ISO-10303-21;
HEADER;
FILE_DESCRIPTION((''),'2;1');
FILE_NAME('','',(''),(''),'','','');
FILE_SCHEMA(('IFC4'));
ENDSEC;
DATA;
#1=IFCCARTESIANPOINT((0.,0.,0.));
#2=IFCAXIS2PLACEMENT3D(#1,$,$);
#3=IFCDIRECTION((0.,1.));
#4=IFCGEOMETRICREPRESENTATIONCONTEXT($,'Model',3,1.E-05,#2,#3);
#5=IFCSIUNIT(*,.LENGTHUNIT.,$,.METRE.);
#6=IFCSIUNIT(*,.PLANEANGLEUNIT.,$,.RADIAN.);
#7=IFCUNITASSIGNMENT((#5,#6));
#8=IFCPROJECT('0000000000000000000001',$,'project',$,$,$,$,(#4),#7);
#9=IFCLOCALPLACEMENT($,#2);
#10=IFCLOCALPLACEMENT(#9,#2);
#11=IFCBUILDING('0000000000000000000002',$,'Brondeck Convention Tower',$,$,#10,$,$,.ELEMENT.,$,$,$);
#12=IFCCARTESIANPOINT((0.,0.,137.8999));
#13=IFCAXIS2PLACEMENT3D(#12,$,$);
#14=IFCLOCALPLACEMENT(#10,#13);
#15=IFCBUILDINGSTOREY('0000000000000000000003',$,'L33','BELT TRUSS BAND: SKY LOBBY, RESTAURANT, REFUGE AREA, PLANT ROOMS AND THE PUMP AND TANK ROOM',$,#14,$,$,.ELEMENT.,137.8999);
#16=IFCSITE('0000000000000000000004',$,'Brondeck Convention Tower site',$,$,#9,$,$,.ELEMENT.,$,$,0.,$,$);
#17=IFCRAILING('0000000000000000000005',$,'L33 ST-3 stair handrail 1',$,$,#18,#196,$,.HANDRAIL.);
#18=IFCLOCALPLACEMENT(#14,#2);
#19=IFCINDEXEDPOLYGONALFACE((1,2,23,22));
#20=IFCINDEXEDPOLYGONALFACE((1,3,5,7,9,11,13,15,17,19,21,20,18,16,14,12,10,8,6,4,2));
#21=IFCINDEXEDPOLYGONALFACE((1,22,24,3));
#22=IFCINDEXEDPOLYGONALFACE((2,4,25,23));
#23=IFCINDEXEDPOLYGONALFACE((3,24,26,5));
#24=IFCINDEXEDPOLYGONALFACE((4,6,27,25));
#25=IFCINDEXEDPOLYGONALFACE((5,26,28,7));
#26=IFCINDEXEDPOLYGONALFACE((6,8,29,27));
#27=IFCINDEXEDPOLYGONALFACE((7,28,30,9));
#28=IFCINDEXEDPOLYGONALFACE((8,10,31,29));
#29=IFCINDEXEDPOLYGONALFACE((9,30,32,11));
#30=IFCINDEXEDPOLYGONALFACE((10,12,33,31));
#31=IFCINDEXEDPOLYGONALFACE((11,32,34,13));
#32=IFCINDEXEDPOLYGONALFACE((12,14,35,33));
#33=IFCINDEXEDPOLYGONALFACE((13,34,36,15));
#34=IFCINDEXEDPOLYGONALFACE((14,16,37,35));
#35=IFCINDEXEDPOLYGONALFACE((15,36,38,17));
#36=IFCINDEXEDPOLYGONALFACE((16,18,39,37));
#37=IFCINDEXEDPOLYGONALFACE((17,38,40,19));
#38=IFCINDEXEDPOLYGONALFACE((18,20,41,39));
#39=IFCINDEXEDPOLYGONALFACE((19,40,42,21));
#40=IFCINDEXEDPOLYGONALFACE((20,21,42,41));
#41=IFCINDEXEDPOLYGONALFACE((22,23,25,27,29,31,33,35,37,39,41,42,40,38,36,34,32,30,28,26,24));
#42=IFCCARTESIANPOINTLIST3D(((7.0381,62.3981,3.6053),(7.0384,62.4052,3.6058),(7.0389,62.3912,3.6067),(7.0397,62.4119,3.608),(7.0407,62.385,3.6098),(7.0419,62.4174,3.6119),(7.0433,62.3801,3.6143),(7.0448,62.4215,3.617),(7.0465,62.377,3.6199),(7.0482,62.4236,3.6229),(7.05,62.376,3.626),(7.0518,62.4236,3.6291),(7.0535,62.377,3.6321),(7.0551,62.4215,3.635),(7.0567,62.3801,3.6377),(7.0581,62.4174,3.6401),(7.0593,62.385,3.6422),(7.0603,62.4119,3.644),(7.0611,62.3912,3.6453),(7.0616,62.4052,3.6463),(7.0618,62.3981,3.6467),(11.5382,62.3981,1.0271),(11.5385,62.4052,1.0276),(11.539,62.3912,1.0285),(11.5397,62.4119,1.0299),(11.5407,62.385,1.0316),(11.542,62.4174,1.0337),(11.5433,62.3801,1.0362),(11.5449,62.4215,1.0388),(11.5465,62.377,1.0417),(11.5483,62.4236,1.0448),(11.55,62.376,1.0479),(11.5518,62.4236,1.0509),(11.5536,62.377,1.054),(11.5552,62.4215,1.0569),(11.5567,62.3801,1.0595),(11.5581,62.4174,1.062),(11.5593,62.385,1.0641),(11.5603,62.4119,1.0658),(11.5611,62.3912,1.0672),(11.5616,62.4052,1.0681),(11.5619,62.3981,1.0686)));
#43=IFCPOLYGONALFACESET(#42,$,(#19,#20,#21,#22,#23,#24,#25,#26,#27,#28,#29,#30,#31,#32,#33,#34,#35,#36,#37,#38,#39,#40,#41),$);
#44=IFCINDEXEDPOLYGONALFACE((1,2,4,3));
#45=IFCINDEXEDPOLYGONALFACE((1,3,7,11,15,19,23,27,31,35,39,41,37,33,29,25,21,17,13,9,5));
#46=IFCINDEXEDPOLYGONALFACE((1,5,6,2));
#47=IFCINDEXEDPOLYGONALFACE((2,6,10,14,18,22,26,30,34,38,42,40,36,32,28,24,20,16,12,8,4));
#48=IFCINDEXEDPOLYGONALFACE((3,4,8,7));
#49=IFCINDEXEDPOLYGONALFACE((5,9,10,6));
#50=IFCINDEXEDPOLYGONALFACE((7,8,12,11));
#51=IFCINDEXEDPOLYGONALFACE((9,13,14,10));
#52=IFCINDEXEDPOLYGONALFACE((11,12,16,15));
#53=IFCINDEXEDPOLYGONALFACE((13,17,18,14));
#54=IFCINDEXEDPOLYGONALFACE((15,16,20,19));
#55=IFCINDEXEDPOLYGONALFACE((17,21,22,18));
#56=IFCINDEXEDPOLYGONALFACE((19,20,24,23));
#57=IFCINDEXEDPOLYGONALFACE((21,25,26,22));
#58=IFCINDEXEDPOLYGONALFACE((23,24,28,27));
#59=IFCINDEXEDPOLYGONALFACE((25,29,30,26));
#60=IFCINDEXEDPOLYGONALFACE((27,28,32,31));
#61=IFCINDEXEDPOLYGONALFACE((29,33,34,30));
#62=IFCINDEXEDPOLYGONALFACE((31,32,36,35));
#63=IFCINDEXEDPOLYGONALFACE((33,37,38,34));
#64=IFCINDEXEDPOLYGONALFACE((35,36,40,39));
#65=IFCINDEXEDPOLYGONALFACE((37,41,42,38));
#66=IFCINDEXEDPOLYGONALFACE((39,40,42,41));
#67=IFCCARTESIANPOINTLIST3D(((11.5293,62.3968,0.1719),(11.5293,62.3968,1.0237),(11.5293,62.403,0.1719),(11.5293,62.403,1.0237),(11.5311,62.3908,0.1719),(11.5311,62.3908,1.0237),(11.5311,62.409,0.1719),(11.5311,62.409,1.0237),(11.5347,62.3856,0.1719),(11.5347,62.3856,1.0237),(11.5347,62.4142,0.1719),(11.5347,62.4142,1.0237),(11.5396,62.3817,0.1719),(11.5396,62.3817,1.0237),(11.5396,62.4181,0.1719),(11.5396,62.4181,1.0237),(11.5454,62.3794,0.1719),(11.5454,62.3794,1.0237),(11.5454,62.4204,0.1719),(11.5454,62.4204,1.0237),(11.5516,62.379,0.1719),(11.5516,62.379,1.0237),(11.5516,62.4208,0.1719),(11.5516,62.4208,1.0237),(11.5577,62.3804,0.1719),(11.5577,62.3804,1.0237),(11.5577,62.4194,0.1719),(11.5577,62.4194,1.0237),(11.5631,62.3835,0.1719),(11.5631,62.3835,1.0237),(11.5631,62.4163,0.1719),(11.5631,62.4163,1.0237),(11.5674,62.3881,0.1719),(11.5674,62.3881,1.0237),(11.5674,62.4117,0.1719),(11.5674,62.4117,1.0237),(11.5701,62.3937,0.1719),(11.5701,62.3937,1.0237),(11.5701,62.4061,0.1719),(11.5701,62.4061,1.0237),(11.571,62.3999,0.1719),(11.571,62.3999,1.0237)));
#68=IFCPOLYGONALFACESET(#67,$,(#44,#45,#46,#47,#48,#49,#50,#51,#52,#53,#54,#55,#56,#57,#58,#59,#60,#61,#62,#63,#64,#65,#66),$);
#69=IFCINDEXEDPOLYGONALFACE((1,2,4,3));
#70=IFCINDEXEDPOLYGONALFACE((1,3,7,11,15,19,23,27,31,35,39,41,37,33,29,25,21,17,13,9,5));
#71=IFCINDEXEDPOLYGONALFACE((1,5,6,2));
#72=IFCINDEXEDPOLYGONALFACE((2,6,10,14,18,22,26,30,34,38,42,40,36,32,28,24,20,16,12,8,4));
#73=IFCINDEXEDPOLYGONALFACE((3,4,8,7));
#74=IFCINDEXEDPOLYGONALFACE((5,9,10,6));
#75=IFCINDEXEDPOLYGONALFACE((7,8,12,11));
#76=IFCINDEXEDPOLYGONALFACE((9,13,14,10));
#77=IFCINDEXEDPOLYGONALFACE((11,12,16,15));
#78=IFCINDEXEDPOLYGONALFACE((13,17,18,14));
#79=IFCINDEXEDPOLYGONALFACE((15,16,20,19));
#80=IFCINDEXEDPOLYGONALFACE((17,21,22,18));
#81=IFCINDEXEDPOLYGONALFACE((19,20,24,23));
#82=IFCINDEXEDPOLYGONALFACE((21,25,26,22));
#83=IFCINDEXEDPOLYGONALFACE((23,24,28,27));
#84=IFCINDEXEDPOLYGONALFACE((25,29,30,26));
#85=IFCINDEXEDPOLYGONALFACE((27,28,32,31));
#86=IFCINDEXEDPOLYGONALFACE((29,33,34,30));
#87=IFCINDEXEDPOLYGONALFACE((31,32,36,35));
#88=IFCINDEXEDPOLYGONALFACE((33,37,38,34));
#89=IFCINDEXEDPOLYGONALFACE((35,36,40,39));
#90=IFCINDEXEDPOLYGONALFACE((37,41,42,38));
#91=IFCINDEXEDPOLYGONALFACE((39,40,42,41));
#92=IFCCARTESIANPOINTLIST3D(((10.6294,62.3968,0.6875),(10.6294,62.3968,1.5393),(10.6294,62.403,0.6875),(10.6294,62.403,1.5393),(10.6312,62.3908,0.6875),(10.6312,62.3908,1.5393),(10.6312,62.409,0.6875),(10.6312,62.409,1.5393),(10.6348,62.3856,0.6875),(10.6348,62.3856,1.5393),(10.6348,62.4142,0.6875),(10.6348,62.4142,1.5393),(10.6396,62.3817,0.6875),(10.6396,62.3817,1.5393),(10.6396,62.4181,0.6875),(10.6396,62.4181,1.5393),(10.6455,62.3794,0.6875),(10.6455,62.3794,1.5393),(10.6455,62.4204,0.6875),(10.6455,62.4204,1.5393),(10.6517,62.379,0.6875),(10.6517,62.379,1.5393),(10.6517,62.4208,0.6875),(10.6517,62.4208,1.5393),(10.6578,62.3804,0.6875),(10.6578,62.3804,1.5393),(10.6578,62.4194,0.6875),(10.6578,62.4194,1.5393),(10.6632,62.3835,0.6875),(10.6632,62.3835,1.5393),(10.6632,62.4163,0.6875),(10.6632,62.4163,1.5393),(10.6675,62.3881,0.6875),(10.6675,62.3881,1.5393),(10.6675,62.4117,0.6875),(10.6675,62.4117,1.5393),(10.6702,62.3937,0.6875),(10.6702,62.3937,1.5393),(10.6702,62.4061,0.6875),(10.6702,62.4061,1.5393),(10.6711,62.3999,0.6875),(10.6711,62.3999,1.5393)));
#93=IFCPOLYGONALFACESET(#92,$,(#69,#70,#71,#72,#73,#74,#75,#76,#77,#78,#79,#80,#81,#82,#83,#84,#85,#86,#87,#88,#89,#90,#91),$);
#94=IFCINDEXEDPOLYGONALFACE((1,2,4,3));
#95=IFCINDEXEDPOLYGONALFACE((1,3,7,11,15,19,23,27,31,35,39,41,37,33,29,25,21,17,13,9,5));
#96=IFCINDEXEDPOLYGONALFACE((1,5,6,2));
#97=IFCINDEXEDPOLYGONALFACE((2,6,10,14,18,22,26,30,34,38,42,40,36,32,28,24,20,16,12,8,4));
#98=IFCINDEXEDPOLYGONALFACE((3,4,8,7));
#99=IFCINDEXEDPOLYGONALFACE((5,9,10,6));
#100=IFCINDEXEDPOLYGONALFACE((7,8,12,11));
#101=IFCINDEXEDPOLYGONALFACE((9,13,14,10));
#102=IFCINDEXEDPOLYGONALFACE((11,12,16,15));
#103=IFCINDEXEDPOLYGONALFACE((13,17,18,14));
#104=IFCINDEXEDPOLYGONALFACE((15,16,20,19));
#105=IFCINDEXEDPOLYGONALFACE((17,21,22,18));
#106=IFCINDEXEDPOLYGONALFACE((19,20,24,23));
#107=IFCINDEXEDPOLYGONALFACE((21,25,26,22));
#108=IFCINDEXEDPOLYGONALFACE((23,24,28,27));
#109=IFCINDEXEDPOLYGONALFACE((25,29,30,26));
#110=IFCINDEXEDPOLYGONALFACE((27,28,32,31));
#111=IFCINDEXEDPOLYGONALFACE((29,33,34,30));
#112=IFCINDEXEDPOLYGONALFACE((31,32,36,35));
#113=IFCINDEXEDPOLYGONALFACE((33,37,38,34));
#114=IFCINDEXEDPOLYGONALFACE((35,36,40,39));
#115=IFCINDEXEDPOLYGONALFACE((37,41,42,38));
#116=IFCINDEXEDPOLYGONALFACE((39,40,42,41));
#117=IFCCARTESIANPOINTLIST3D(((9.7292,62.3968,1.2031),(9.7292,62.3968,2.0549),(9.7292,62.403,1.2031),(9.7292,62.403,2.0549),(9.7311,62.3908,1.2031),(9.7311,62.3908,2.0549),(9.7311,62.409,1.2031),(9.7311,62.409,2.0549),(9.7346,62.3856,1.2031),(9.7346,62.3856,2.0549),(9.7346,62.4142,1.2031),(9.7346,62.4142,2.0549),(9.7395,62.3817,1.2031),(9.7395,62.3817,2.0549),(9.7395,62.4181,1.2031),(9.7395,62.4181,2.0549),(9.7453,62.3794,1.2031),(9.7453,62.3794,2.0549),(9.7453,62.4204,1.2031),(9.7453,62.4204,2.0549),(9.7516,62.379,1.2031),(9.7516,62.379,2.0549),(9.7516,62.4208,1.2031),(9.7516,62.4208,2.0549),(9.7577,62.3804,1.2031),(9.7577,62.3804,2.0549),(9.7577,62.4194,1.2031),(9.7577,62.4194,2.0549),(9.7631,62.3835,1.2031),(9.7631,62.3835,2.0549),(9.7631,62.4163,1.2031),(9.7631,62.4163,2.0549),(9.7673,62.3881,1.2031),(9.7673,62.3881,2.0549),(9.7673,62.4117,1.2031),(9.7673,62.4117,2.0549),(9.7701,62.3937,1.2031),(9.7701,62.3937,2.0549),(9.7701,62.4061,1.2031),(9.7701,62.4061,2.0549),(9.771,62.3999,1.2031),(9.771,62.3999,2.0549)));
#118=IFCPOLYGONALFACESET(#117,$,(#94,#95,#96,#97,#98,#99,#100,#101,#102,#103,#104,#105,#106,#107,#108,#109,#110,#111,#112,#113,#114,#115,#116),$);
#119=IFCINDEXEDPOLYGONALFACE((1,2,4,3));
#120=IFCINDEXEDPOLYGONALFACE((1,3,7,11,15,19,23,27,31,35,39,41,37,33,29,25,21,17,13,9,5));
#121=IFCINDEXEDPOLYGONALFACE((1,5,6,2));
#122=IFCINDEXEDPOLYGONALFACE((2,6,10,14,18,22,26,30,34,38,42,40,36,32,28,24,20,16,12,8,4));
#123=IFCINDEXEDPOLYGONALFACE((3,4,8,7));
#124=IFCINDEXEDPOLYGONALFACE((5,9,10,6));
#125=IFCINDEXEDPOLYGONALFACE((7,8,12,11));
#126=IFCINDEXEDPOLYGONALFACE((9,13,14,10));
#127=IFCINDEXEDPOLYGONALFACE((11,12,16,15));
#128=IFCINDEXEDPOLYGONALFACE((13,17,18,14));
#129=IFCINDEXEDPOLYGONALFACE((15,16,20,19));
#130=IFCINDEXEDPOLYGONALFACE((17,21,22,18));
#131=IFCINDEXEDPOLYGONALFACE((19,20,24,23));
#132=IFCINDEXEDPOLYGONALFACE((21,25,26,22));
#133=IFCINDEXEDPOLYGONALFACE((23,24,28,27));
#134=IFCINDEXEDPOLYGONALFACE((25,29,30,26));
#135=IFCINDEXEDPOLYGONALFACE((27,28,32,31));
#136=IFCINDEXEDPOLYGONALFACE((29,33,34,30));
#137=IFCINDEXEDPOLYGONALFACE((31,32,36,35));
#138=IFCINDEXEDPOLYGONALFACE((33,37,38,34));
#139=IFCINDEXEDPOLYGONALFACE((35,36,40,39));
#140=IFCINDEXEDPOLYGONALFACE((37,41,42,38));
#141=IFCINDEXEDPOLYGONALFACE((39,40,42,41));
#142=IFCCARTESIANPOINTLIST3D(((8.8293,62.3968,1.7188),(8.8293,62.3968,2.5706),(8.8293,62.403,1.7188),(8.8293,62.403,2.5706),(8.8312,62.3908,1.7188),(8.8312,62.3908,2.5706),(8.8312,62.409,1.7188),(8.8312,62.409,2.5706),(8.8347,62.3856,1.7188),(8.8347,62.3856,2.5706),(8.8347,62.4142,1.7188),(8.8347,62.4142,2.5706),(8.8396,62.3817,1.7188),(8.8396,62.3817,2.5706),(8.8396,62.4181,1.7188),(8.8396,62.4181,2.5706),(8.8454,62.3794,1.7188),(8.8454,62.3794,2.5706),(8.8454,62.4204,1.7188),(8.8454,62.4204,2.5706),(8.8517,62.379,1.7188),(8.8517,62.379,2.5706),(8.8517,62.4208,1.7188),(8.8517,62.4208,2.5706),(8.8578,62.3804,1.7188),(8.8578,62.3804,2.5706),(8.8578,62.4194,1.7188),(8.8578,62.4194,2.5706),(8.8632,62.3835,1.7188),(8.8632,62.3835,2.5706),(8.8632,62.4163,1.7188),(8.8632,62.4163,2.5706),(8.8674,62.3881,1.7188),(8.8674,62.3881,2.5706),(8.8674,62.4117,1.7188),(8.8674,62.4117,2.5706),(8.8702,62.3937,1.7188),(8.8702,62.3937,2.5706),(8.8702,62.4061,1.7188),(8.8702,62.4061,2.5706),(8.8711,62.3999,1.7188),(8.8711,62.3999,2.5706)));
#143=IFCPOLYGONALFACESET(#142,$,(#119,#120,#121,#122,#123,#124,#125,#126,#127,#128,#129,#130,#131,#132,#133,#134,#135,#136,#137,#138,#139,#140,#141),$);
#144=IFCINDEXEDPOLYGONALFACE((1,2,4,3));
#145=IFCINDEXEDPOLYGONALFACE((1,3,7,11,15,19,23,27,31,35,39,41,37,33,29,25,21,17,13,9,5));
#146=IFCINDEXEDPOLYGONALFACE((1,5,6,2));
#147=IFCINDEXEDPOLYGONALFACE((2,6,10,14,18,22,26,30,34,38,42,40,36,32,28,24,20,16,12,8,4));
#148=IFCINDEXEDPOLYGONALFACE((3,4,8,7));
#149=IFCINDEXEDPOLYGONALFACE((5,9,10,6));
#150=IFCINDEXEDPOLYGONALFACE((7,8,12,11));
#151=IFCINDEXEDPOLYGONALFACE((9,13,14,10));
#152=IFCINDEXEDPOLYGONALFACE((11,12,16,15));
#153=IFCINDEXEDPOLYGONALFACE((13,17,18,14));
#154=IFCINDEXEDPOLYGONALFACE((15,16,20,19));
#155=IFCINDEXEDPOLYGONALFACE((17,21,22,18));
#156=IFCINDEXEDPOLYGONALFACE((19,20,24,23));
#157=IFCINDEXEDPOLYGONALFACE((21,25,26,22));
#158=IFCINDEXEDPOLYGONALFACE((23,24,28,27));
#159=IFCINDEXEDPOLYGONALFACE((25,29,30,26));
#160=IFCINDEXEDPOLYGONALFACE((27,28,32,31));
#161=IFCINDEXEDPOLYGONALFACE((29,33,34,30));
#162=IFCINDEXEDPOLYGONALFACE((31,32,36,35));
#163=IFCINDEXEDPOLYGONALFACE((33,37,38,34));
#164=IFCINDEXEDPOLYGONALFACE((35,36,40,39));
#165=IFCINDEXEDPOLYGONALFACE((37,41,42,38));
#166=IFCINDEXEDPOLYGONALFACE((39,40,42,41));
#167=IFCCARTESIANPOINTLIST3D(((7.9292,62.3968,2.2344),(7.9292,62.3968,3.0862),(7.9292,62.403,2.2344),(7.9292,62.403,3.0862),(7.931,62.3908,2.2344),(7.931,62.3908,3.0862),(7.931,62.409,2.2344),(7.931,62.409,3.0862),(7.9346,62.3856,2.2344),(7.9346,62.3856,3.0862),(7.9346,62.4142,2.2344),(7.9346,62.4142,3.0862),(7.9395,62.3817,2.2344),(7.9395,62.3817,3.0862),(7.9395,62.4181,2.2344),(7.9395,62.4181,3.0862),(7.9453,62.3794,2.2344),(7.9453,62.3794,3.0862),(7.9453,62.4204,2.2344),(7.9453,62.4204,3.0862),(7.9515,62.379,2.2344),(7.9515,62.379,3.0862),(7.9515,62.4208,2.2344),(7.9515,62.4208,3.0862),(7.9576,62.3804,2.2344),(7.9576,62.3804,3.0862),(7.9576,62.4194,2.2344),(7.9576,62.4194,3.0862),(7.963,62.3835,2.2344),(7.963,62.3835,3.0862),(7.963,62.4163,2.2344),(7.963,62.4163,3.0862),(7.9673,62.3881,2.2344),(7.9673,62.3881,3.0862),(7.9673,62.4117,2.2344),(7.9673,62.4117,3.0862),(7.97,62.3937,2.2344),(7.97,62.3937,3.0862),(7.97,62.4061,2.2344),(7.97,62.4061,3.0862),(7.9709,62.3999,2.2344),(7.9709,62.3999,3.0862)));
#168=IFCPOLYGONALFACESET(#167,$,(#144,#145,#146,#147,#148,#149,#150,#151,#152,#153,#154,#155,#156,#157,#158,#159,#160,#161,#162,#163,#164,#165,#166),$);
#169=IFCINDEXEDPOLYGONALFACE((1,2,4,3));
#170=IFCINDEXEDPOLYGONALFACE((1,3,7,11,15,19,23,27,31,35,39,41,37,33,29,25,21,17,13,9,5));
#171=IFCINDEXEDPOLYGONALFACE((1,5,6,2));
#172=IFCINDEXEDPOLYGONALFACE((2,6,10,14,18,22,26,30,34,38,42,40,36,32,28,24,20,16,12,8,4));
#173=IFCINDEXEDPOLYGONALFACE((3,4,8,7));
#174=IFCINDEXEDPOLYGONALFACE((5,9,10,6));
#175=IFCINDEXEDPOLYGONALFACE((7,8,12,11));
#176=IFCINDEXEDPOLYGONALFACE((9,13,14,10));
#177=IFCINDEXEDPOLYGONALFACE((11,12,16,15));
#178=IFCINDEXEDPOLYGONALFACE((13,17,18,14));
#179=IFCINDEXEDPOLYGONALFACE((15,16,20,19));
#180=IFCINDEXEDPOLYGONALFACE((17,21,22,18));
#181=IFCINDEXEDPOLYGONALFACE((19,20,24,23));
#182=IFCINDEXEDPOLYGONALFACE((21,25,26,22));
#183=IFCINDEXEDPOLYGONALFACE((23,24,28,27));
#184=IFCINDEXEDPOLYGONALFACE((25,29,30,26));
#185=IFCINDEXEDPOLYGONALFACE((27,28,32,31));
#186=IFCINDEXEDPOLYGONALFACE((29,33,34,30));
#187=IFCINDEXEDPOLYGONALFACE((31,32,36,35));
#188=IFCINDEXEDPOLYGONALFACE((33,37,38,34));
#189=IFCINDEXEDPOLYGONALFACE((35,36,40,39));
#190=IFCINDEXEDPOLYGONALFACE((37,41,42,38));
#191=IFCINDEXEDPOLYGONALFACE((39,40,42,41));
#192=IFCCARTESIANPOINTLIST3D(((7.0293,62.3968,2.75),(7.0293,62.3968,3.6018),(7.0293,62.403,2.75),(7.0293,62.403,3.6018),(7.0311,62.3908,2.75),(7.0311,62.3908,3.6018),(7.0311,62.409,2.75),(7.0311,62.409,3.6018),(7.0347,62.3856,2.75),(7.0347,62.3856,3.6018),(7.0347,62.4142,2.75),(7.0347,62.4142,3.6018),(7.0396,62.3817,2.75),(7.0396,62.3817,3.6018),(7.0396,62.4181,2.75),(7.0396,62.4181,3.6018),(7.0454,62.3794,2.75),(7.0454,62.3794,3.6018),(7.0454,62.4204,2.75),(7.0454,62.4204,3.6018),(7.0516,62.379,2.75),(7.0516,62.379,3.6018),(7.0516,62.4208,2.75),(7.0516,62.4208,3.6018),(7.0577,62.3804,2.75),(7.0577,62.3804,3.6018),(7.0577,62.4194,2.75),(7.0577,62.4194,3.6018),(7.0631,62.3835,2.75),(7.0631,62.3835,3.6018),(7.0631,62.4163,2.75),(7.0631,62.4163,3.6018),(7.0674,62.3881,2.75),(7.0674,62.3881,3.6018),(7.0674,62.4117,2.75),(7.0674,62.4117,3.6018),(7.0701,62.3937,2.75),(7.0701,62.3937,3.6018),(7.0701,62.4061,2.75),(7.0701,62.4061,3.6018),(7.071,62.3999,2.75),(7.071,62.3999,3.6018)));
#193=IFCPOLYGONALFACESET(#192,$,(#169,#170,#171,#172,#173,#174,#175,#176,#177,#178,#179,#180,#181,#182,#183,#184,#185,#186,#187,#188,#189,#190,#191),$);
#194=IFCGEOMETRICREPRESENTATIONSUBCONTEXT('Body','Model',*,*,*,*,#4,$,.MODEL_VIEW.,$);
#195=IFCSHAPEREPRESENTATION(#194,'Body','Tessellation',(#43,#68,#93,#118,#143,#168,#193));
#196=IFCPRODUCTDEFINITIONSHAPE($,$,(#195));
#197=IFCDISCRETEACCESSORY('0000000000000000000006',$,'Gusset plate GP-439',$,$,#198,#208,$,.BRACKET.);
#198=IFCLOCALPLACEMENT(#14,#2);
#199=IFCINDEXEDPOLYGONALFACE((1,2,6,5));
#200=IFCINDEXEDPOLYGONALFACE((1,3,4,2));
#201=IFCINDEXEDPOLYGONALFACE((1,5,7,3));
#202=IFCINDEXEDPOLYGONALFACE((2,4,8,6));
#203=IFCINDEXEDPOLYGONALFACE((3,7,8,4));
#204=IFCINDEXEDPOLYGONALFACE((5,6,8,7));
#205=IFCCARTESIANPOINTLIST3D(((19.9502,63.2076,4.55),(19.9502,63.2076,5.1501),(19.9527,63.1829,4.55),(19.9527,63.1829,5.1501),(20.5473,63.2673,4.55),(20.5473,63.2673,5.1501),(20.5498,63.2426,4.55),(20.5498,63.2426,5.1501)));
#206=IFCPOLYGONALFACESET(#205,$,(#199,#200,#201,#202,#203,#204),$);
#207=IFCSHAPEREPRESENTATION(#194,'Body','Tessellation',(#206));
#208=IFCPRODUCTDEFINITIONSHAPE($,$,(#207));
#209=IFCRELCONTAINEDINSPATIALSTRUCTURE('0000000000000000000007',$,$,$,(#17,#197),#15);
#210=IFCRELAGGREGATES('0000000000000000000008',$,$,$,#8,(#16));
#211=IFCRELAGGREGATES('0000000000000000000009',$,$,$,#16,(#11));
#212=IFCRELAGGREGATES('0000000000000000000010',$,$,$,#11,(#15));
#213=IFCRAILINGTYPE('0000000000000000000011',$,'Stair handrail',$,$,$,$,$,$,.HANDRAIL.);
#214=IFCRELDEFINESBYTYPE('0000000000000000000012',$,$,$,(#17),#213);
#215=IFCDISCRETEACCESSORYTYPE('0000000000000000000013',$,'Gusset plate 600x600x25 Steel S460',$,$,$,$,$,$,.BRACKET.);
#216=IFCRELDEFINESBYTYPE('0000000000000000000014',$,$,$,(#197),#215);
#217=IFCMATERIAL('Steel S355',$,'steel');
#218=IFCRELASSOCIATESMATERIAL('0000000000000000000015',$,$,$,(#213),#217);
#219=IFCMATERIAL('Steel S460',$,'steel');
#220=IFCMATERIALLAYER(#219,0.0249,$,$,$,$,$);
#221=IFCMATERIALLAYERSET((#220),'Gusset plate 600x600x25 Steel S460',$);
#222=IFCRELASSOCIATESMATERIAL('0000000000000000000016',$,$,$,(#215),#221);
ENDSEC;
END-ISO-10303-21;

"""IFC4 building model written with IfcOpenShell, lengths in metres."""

from ifc_helpers import new_model, si_unit, direction, frame, origin, origin_2d, place, context, subcontext, project, spatial, rectangle, circle, extrude, material, layer, layer_set, type_object, element, save


model = new_model("IFC4")

# Units and contexts
model_context = context("Model", 3, precision=1e-05, world=origin(), true_north=direction((0.0, 1.0)))
body_context = subcontext(model_context, "Body", "Model", "MODEL_VIEW")
ifc_project = project(units=[si_unit("LENGTHUNIT", "METRE"), si_unit("PLANEANGLEUNIT", "RADIAN")], contexts=[model_context])

# Site, building, storey
site_placement = place(None, origin())
site = spatial("IfcSite", under=ifc_project, at=site_placement, Name="Brondeck Convention Tower site", CompositionType="ELEMENT", RefElevation=0.0)
building_placement = place(site_placement, origin())
building = spatial("IfcBuilding", under=site, at=building_placement, Name="Brondeck Convention Tower", CompositionType="ELEMENT")
storey_placement = place(building_placement, frame((0.0, 0.0, 137.8999)))
storey = spatial("IfcBuildingStorey", under=building, at=storey_placement, Name="L33", Description="BELT TRUSS BAND: SKY LOBBY, RESTAURANT, REFUGE AREA, PLANT ROOMS AND THE PUMP AND TANK ROOM", CompositionType="ELEMENT", Elevation=137.8999)

# Shared definitions
ifc_material_1 = material(Name="Steel S460", Category="steel")

# Railing
ifc_material_2 = material(Name="Steel S355", Category="steel")
railing_type_1 = type_object("IfcRailingType", Name="Stair handrail", PredefinedType="HANDRAIL", material=ifc_material_2)
railing_1_placement = place(storey_placement, frame((11.55, 62.3999, 0.1719)))
element("IfcRailing", 1, at=railing_1_placement, inside=storey, type_object=railing_type_1, Name="L33 ST-3 stair handrail 1", PredefinedType="HANDRAIL", context=body_context, shape_type="SweptSolid", body=[
    extrude(circle(Radius=0.0239, at=origin_2d()), frame((0.0, 0.0, 0.876), z_axis=(-0.867686, 0.0, 0.497112), x_axis=(0.0, -1.0, 0.0)), (0.0, 0.0, 1.0), 5.1863),
    extrude(circle(Radius=0.021, at=origin_2d()), origin(), (0.0, 0.0, 1.0), 0.8518),
    extrude(circle(Radius=0.021, at=origin_2d()), frame((-0.8999, 0.0, 0.5156)), (0.0, 0.0, 1.0), 0.8518),
    extrude(circle(Radius=0.021, at=origin_2d()), frame((-1.8, 0.0, 1.0312)), (0.0, 0.0, 1.0), 0.8518),
    extrude(circle(Radius=0.021, at=origin_2d()), frame((-2.7, 0.0, 1.5469)), (0.0, 0.0, 1.0), 0.8518),
    extrude(circle(Radius=0.021, at=origin_2d()), frame((-3.6001, 0.0, 2.0625)), (0.0, 0.0, 1.0), 0.8518),
    extrude(circle(Radius=0.021, at=origin_2d()), frame((-4.5, 0.0, 2.5781)), (0.0, 0.0, 1.0), 0.8518),
])

# Discrete accessory
ifc_layer_1 = layer(ifc_material_1, 0.0249)
ifc_layer_set_1 = layer_set([ifc_layer_1], Name="Gusset plate 600x600x25 Steel S460")
discrete_accessory_type = type_object("IfcDiscreteAccessoryType", Name="Gusset plate 600x600x25 Steel S460", PredefinedType="BRACKET", material=ifc_layer_set_1)
for number, where, z_axis, x_axis, name in (
    (2, (20.25, 63.2251, 4.55), (0.0, 0.0, 1.0), (0.995036, 0.099511, 0.0), "Gusset plate GP-439"),
):
    element("IfcDiscreteAccessory", number, at=place(storey_placement, frame(where, z_axis=z_axis, x_axis=x_axis)), inside=storey, type_object=discrete_accessory_type, Name=name, PredefinedType="BRACKET", context=body_context, shape_type="SweptSolid", body=[
        extrude(rectangle(XDim=0.6001, YDim=0.0249, at=origin_2d()), origin(), (0.0, 0.0, 1.0), 0.6001),
    ])

save(model, "model.ifc")
